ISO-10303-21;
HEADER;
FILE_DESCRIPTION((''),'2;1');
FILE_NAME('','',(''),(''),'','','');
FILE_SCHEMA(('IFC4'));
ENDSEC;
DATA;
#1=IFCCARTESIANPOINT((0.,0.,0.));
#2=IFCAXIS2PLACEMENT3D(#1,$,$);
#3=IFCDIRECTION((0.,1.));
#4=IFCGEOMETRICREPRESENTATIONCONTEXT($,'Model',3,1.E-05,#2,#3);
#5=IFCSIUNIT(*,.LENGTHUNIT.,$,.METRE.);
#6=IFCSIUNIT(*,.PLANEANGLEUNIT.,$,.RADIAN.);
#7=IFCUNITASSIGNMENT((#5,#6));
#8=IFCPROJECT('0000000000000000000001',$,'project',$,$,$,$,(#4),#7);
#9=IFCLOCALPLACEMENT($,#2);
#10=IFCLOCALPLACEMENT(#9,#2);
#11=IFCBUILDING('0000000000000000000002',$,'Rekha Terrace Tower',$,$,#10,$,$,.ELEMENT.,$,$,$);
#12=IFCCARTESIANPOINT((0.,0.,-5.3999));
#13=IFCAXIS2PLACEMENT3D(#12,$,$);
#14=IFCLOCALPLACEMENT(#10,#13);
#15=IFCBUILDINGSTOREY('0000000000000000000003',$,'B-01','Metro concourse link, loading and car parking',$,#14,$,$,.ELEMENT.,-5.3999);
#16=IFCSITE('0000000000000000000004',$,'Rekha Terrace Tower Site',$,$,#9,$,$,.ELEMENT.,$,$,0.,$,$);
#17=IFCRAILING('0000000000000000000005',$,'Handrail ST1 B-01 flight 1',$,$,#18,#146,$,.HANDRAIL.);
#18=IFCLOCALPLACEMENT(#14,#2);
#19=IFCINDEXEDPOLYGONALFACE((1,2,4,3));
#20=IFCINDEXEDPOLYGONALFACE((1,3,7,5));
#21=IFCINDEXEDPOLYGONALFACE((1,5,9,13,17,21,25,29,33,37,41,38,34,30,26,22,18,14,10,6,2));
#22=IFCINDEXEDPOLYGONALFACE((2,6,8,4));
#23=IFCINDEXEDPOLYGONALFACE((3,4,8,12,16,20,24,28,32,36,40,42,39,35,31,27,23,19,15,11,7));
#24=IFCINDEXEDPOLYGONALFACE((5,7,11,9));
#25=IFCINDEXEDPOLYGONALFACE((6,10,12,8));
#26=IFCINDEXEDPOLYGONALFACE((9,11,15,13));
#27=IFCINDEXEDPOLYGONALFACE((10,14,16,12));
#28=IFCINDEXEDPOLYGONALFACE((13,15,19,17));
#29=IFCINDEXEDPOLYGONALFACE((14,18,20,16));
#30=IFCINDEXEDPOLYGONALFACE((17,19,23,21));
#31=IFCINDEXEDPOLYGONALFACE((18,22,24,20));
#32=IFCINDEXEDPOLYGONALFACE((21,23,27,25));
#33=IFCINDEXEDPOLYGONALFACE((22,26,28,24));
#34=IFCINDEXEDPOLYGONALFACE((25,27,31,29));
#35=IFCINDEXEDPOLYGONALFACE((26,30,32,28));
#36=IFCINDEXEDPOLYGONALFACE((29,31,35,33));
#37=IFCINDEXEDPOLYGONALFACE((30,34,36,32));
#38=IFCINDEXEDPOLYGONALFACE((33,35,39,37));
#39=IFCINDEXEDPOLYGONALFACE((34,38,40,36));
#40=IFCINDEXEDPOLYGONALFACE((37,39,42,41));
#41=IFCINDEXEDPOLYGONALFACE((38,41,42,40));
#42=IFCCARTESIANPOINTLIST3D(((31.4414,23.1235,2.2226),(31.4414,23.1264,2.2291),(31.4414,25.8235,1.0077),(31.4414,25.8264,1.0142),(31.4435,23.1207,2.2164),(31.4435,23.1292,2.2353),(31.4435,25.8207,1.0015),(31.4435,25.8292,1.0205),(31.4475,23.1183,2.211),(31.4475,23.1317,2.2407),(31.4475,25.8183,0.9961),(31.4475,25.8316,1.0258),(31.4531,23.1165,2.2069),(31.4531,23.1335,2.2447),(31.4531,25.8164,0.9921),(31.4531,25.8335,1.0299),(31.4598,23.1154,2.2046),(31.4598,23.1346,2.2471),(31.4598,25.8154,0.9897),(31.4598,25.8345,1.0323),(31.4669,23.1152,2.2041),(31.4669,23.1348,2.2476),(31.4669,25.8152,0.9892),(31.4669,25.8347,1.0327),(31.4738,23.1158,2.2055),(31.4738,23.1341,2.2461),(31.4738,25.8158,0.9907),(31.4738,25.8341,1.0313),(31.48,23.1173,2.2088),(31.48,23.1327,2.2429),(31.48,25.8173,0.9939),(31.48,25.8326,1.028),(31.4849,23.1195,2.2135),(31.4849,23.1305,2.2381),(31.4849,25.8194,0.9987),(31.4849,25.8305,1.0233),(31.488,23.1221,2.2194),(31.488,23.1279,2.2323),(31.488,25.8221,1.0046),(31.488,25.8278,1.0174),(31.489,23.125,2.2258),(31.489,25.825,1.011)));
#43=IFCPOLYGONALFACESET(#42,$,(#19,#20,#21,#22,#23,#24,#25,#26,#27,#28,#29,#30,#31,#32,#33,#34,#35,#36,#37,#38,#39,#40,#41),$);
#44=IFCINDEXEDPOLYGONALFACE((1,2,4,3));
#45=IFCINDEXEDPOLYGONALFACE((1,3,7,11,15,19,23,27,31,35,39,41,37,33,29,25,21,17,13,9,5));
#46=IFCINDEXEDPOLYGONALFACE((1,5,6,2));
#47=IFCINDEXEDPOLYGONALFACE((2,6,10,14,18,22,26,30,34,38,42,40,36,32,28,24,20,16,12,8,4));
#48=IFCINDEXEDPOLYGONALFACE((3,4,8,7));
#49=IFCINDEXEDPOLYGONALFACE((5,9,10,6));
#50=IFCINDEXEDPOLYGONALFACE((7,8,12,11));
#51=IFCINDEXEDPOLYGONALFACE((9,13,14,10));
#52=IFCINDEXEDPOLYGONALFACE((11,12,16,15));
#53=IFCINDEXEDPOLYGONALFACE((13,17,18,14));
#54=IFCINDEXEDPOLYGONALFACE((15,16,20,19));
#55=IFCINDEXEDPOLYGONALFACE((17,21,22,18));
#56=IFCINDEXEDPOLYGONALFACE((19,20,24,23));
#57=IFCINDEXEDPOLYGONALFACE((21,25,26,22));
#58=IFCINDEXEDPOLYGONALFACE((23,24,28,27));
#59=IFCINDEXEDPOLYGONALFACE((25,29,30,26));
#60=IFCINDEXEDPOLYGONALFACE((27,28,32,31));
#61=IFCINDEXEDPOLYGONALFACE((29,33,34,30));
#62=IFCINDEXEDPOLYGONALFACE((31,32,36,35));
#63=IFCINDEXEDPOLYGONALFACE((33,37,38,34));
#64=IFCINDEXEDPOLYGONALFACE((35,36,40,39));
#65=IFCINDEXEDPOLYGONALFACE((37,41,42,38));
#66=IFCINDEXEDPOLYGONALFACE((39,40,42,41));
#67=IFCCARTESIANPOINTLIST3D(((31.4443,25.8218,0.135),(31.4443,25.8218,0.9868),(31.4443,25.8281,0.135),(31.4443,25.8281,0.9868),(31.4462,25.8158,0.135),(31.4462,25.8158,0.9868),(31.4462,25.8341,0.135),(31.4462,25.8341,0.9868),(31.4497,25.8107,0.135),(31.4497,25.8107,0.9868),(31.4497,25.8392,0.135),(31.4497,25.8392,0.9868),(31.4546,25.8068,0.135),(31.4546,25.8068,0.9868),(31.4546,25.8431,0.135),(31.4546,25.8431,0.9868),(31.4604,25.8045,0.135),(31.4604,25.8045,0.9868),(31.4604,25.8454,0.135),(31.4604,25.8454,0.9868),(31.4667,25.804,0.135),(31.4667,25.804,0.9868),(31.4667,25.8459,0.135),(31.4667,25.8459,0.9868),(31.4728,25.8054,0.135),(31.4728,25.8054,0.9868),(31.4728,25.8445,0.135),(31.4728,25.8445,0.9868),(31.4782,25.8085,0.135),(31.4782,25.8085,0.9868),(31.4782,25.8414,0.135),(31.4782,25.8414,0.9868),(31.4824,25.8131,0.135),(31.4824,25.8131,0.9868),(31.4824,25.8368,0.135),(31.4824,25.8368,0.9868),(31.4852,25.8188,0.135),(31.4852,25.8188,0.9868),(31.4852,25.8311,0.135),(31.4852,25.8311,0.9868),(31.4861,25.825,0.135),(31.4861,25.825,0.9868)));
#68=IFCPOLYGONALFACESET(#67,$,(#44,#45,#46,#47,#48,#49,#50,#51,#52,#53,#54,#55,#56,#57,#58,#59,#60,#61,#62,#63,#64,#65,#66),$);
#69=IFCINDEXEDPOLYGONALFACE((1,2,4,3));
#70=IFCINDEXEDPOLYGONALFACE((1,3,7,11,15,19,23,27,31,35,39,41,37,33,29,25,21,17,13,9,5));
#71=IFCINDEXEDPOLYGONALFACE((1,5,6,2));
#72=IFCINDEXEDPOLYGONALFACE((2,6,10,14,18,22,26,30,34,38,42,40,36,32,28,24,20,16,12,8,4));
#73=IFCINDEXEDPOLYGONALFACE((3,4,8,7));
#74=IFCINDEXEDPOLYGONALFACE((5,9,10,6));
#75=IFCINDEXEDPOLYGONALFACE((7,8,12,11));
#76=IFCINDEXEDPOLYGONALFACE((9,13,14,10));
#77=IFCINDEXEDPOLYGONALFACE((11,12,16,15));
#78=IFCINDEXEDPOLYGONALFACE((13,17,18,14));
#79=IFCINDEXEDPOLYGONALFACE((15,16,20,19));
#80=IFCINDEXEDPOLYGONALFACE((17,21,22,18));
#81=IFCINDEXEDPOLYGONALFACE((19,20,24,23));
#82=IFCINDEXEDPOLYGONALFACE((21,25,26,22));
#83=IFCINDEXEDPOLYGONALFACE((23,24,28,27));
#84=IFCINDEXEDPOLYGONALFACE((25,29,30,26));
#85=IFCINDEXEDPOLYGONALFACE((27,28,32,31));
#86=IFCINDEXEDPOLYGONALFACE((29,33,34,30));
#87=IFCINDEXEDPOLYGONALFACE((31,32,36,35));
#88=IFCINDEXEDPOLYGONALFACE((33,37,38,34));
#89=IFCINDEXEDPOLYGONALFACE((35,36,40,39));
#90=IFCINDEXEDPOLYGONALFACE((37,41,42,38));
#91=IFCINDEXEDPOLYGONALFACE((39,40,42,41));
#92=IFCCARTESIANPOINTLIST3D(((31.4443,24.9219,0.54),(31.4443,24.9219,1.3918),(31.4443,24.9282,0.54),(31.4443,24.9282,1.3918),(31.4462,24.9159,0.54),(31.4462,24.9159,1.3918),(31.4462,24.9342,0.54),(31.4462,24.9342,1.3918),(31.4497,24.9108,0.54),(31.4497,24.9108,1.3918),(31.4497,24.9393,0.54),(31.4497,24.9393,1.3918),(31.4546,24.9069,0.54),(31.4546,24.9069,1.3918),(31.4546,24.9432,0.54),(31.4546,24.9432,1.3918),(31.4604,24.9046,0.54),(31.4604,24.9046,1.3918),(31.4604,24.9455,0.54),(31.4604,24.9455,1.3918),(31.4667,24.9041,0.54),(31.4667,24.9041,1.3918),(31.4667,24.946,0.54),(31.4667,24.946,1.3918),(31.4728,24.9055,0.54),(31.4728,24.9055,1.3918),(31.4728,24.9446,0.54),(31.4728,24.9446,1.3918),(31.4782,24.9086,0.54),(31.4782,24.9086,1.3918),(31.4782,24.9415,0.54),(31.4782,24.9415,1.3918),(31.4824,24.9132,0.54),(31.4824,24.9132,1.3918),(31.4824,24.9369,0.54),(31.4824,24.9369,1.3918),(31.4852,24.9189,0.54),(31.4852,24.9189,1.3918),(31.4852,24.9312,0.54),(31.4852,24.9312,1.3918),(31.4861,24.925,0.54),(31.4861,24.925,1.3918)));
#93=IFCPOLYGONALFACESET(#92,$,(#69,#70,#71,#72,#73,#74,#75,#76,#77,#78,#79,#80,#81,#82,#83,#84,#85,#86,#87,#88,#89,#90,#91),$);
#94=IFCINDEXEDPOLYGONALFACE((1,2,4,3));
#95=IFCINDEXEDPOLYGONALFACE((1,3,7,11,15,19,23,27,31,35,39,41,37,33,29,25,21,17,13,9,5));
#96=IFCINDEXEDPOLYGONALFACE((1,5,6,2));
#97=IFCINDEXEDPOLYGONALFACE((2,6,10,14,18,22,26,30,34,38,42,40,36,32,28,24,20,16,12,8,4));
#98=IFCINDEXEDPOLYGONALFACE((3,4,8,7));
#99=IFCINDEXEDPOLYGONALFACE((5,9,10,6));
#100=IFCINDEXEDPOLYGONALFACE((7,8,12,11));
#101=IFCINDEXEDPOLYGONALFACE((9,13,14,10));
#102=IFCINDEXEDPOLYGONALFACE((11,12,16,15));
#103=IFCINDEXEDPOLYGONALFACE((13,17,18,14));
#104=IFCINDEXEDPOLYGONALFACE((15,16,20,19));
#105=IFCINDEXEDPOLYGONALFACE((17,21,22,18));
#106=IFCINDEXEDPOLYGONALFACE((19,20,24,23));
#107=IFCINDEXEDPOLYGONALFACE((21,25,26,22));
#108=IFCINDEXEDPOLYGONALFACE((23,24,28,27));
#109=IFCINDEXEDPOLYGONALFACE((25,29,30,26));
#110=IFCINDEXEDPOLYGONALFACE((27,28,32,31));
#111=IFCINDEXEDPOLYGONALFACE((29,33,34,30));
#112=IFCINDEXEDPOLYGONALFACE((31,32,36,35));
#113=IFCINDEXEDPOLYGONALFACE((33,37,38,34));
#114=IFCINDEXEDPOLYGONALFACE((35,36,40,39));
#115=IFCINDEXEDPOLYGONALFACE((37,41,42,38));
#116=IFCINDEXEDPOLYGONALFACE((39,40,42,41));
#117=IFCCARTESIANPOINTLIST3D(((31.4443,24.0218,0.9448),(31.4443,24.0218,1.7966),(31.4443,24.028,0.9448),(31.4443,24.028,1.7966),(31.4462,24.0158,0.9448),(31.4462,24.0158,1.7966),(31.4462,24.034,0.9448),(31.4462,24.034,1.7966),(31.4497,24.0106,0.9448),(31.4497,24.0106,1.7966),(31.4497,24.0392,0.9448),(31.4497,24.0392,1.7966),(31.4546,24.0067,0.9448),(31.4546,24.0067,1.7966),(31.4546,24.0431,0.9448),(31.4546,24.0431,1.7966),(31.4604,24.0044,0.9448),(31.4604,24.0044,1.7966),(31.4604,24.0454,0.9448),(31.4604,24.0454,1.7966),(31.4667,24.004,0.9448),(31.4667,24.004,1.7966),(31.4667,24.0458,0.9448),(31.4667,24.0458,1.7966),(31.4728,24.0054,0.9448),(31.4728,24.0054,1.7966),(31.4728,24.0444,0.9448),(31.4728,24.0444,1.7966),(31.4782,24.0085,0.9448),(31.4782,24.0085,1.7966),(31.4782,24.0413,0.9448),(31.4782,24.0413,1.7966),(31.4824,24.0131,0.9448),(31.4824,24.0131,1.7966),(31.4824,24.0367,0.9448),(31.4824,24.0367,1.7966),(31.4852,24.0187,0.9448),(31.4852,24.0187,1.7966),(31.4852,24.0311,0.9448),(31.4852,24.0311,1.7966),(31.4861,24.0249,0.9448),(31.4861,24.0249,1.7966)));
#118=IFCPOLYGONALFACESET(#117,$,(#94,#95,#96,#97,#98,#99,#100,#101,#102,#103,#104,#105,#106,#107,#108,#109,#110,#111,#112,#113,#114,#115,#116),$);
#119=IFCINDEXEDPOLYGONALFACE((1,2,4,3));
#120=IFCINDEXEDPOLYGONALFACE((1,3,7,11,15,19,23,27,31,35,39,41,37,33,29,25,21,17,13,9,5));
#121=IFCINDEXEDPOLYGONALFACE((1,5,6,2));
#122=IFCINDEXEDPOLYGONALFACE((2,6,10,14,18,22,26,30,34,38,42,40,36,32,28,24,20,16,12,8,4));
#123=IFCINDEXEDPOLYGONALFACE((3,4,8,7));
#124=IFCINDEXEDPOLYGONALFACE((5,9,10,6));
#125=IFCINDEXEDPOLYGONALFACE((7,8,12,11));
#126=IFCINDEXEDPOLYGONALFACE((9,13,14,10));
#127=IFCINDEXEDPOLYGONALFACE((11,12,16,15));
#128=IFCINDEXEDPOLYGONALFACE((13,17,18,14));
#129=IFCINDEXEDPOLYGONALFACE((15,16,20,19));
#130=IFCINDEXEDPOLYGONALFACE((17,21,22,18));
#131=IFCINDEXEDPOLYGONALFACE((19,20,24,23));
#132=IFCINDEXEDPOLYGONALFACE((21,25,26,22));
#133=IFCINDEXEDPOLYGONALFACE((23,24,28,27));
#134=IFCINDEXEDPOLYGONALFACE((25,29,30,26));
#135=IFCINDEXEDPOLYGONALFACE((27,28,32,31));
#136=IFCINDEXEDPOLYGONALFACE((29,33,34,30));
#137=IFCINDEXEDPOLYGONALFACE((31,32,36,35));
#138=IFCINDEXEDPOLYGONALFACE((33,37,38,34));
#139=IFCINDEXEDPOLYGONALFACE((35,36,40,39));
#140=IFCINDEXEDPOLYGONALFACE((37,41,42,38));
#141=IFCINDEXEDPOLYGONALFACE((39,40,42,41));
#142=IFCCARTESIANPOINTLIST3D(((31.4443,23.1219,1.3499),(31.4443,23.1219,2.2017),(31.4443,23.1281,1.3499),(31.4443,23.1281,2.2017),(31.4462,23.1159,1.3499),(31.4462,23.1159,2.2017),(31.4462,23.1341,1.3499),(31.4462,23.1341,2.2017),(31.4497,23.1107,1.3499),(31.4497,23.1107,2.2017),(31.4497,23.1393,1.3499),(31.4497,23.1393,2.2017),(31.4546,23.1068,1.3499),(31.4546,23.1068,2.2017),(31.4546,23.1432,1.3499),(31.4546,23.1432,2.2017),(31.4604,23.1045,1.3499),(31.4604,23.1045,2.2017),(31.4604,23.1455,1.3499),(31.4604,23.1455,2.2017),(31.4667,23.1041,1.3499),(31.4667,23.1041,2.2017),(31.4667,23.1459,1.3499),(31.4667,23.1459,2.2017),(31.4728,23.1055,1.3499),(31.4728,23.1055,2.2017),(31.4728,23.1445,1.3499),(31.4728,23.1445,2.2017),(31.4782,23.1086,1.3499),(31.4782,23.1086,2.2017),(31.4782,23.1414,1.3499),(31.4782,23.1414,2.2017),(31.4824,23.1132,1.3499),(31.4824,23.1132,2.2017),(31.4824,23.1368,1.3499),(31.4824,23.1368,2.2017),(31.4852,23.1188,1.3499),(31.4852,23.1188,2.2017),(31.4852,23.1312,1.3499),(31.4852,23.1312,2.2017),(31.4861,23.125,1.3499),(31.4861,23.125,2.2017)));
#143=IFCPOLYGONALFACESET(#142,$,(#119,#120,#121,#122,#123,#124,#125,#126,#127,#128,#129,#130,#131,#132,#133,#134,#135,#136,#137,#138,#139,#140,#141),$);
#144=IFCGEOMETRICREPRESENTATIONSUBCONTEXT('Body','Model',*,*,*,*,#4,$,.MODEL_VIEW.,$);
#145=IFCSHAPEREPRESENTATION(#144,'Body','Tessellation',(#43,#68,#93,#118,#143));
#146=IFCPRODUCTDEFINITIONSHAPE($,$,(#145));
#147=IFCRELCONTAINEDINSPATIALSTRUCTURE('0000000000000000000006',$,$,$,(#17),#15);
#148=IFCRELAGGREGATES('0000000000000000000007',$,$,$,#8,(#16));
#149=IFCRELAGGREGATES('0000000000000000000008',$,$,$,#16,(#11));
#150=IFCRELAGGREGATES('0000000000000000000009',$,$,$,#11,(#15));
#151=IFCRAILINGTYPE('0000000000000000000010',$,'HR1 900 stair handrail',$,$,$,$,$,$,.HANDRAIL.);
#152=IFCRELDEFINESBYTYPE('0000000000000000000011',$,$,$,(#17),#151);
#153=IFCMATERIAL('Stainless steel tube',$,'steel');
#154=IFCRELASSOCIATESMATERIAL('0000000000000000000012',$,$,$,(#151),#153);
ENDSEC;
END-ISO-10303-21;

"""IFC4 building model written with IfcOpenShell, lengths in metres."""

from ifc_helpers import new_model, si_unit, direction, frame, origin, origin_2d, place, context, subcontext, project, spatial, circle, extrude, material, type_object, element, save


model = new_model("IFC4")

# Units and contexts
model_context = context("Model", 3, precision=1e-05, world=origin(), true_north=direction((0.0, 1.0)))
body_context = subcontext(model_context, "Body", "Model", "MODEL_VIEW")
ifc_project = project(units=[si_unit("LENGTHUNIT", "METRE"), si_unit("PLANEANGLEUNIT", "RADIAN")], contexts=[model_context])

# Site, building, storey
site_placement = place(None, origin())
site = spatial("IfcSite", under=ifc_project, at=site_placement, Name="Rekha Terrace Tower Site", CompositionType="ELEMENT", RefElevation=0.0)
building_placement = place(site_placement, origin())
building = spatial("IfcBuilding", under=site, at=building_placement, Name="Rekha Terrace Tower", CompositionType="ELEMENT")
storey_placement = place(building_placement, frame((0.0, 0.0, -5.3999)))
storey = spatial("IfcBuildingStorey", under=building, at=storey_placement, Name="B-01", Description="Metro concourse link, loading and car parking", CompositionType="ELEMENT", Elevation=-5.3999)

# Railing
ifc_material_1 = material(Name="Stainless steel tube", Category="steel")
railing_type = type_object("IfcRailingType", Name="HR1 900 stair handrail", PredefinedType="HANDRAIL", material=ifc_material_1)
railing_placement = place(storey_placement, frame((31.4651, 25.825, 0.135)))
element("IfcRailing", 1, at=railing_placement, inside=storey, type_object=railing_type, Name="Handrail ST1 B-01 flight 1", PredefinedType="HANDRAIL", context=body_context, shape_type="SweptSolid", body=[
    extrude(circle(Radius=0.0239, at=origin_2d()), frame((0.0, 0.0, 0.876), z_axis=(0.0, -0.911938, 0.410327), x_axis=(1.0, 0.0, 0.0)), (0.0, 0.0, 1.0), 2.9607),
    extrude(circle(Radius=0.021, at=origin_2d()), origin(), (0.0, 0.0, 1.0), 0.8518),
    extrude(circle(Radius=0.021, at=origin_2d()), frame((0.0, -0.8999, 0.405)), (0.0, 0.0, 1.0), 0.8518),
    extrude(circle(Radius=0.021, at=origin_2d()), frame((0.0, -1.8, 0.8098)), (0.0, 0.0, 1.0), 0.8518),
    extrude(circle(Radius=0.021, at=origin_2d()), frame((0.0, -2.7, 1.2148)), (0.0, 0.0, 1.0), 0.8518),
])

save(model, "model.ifc")
